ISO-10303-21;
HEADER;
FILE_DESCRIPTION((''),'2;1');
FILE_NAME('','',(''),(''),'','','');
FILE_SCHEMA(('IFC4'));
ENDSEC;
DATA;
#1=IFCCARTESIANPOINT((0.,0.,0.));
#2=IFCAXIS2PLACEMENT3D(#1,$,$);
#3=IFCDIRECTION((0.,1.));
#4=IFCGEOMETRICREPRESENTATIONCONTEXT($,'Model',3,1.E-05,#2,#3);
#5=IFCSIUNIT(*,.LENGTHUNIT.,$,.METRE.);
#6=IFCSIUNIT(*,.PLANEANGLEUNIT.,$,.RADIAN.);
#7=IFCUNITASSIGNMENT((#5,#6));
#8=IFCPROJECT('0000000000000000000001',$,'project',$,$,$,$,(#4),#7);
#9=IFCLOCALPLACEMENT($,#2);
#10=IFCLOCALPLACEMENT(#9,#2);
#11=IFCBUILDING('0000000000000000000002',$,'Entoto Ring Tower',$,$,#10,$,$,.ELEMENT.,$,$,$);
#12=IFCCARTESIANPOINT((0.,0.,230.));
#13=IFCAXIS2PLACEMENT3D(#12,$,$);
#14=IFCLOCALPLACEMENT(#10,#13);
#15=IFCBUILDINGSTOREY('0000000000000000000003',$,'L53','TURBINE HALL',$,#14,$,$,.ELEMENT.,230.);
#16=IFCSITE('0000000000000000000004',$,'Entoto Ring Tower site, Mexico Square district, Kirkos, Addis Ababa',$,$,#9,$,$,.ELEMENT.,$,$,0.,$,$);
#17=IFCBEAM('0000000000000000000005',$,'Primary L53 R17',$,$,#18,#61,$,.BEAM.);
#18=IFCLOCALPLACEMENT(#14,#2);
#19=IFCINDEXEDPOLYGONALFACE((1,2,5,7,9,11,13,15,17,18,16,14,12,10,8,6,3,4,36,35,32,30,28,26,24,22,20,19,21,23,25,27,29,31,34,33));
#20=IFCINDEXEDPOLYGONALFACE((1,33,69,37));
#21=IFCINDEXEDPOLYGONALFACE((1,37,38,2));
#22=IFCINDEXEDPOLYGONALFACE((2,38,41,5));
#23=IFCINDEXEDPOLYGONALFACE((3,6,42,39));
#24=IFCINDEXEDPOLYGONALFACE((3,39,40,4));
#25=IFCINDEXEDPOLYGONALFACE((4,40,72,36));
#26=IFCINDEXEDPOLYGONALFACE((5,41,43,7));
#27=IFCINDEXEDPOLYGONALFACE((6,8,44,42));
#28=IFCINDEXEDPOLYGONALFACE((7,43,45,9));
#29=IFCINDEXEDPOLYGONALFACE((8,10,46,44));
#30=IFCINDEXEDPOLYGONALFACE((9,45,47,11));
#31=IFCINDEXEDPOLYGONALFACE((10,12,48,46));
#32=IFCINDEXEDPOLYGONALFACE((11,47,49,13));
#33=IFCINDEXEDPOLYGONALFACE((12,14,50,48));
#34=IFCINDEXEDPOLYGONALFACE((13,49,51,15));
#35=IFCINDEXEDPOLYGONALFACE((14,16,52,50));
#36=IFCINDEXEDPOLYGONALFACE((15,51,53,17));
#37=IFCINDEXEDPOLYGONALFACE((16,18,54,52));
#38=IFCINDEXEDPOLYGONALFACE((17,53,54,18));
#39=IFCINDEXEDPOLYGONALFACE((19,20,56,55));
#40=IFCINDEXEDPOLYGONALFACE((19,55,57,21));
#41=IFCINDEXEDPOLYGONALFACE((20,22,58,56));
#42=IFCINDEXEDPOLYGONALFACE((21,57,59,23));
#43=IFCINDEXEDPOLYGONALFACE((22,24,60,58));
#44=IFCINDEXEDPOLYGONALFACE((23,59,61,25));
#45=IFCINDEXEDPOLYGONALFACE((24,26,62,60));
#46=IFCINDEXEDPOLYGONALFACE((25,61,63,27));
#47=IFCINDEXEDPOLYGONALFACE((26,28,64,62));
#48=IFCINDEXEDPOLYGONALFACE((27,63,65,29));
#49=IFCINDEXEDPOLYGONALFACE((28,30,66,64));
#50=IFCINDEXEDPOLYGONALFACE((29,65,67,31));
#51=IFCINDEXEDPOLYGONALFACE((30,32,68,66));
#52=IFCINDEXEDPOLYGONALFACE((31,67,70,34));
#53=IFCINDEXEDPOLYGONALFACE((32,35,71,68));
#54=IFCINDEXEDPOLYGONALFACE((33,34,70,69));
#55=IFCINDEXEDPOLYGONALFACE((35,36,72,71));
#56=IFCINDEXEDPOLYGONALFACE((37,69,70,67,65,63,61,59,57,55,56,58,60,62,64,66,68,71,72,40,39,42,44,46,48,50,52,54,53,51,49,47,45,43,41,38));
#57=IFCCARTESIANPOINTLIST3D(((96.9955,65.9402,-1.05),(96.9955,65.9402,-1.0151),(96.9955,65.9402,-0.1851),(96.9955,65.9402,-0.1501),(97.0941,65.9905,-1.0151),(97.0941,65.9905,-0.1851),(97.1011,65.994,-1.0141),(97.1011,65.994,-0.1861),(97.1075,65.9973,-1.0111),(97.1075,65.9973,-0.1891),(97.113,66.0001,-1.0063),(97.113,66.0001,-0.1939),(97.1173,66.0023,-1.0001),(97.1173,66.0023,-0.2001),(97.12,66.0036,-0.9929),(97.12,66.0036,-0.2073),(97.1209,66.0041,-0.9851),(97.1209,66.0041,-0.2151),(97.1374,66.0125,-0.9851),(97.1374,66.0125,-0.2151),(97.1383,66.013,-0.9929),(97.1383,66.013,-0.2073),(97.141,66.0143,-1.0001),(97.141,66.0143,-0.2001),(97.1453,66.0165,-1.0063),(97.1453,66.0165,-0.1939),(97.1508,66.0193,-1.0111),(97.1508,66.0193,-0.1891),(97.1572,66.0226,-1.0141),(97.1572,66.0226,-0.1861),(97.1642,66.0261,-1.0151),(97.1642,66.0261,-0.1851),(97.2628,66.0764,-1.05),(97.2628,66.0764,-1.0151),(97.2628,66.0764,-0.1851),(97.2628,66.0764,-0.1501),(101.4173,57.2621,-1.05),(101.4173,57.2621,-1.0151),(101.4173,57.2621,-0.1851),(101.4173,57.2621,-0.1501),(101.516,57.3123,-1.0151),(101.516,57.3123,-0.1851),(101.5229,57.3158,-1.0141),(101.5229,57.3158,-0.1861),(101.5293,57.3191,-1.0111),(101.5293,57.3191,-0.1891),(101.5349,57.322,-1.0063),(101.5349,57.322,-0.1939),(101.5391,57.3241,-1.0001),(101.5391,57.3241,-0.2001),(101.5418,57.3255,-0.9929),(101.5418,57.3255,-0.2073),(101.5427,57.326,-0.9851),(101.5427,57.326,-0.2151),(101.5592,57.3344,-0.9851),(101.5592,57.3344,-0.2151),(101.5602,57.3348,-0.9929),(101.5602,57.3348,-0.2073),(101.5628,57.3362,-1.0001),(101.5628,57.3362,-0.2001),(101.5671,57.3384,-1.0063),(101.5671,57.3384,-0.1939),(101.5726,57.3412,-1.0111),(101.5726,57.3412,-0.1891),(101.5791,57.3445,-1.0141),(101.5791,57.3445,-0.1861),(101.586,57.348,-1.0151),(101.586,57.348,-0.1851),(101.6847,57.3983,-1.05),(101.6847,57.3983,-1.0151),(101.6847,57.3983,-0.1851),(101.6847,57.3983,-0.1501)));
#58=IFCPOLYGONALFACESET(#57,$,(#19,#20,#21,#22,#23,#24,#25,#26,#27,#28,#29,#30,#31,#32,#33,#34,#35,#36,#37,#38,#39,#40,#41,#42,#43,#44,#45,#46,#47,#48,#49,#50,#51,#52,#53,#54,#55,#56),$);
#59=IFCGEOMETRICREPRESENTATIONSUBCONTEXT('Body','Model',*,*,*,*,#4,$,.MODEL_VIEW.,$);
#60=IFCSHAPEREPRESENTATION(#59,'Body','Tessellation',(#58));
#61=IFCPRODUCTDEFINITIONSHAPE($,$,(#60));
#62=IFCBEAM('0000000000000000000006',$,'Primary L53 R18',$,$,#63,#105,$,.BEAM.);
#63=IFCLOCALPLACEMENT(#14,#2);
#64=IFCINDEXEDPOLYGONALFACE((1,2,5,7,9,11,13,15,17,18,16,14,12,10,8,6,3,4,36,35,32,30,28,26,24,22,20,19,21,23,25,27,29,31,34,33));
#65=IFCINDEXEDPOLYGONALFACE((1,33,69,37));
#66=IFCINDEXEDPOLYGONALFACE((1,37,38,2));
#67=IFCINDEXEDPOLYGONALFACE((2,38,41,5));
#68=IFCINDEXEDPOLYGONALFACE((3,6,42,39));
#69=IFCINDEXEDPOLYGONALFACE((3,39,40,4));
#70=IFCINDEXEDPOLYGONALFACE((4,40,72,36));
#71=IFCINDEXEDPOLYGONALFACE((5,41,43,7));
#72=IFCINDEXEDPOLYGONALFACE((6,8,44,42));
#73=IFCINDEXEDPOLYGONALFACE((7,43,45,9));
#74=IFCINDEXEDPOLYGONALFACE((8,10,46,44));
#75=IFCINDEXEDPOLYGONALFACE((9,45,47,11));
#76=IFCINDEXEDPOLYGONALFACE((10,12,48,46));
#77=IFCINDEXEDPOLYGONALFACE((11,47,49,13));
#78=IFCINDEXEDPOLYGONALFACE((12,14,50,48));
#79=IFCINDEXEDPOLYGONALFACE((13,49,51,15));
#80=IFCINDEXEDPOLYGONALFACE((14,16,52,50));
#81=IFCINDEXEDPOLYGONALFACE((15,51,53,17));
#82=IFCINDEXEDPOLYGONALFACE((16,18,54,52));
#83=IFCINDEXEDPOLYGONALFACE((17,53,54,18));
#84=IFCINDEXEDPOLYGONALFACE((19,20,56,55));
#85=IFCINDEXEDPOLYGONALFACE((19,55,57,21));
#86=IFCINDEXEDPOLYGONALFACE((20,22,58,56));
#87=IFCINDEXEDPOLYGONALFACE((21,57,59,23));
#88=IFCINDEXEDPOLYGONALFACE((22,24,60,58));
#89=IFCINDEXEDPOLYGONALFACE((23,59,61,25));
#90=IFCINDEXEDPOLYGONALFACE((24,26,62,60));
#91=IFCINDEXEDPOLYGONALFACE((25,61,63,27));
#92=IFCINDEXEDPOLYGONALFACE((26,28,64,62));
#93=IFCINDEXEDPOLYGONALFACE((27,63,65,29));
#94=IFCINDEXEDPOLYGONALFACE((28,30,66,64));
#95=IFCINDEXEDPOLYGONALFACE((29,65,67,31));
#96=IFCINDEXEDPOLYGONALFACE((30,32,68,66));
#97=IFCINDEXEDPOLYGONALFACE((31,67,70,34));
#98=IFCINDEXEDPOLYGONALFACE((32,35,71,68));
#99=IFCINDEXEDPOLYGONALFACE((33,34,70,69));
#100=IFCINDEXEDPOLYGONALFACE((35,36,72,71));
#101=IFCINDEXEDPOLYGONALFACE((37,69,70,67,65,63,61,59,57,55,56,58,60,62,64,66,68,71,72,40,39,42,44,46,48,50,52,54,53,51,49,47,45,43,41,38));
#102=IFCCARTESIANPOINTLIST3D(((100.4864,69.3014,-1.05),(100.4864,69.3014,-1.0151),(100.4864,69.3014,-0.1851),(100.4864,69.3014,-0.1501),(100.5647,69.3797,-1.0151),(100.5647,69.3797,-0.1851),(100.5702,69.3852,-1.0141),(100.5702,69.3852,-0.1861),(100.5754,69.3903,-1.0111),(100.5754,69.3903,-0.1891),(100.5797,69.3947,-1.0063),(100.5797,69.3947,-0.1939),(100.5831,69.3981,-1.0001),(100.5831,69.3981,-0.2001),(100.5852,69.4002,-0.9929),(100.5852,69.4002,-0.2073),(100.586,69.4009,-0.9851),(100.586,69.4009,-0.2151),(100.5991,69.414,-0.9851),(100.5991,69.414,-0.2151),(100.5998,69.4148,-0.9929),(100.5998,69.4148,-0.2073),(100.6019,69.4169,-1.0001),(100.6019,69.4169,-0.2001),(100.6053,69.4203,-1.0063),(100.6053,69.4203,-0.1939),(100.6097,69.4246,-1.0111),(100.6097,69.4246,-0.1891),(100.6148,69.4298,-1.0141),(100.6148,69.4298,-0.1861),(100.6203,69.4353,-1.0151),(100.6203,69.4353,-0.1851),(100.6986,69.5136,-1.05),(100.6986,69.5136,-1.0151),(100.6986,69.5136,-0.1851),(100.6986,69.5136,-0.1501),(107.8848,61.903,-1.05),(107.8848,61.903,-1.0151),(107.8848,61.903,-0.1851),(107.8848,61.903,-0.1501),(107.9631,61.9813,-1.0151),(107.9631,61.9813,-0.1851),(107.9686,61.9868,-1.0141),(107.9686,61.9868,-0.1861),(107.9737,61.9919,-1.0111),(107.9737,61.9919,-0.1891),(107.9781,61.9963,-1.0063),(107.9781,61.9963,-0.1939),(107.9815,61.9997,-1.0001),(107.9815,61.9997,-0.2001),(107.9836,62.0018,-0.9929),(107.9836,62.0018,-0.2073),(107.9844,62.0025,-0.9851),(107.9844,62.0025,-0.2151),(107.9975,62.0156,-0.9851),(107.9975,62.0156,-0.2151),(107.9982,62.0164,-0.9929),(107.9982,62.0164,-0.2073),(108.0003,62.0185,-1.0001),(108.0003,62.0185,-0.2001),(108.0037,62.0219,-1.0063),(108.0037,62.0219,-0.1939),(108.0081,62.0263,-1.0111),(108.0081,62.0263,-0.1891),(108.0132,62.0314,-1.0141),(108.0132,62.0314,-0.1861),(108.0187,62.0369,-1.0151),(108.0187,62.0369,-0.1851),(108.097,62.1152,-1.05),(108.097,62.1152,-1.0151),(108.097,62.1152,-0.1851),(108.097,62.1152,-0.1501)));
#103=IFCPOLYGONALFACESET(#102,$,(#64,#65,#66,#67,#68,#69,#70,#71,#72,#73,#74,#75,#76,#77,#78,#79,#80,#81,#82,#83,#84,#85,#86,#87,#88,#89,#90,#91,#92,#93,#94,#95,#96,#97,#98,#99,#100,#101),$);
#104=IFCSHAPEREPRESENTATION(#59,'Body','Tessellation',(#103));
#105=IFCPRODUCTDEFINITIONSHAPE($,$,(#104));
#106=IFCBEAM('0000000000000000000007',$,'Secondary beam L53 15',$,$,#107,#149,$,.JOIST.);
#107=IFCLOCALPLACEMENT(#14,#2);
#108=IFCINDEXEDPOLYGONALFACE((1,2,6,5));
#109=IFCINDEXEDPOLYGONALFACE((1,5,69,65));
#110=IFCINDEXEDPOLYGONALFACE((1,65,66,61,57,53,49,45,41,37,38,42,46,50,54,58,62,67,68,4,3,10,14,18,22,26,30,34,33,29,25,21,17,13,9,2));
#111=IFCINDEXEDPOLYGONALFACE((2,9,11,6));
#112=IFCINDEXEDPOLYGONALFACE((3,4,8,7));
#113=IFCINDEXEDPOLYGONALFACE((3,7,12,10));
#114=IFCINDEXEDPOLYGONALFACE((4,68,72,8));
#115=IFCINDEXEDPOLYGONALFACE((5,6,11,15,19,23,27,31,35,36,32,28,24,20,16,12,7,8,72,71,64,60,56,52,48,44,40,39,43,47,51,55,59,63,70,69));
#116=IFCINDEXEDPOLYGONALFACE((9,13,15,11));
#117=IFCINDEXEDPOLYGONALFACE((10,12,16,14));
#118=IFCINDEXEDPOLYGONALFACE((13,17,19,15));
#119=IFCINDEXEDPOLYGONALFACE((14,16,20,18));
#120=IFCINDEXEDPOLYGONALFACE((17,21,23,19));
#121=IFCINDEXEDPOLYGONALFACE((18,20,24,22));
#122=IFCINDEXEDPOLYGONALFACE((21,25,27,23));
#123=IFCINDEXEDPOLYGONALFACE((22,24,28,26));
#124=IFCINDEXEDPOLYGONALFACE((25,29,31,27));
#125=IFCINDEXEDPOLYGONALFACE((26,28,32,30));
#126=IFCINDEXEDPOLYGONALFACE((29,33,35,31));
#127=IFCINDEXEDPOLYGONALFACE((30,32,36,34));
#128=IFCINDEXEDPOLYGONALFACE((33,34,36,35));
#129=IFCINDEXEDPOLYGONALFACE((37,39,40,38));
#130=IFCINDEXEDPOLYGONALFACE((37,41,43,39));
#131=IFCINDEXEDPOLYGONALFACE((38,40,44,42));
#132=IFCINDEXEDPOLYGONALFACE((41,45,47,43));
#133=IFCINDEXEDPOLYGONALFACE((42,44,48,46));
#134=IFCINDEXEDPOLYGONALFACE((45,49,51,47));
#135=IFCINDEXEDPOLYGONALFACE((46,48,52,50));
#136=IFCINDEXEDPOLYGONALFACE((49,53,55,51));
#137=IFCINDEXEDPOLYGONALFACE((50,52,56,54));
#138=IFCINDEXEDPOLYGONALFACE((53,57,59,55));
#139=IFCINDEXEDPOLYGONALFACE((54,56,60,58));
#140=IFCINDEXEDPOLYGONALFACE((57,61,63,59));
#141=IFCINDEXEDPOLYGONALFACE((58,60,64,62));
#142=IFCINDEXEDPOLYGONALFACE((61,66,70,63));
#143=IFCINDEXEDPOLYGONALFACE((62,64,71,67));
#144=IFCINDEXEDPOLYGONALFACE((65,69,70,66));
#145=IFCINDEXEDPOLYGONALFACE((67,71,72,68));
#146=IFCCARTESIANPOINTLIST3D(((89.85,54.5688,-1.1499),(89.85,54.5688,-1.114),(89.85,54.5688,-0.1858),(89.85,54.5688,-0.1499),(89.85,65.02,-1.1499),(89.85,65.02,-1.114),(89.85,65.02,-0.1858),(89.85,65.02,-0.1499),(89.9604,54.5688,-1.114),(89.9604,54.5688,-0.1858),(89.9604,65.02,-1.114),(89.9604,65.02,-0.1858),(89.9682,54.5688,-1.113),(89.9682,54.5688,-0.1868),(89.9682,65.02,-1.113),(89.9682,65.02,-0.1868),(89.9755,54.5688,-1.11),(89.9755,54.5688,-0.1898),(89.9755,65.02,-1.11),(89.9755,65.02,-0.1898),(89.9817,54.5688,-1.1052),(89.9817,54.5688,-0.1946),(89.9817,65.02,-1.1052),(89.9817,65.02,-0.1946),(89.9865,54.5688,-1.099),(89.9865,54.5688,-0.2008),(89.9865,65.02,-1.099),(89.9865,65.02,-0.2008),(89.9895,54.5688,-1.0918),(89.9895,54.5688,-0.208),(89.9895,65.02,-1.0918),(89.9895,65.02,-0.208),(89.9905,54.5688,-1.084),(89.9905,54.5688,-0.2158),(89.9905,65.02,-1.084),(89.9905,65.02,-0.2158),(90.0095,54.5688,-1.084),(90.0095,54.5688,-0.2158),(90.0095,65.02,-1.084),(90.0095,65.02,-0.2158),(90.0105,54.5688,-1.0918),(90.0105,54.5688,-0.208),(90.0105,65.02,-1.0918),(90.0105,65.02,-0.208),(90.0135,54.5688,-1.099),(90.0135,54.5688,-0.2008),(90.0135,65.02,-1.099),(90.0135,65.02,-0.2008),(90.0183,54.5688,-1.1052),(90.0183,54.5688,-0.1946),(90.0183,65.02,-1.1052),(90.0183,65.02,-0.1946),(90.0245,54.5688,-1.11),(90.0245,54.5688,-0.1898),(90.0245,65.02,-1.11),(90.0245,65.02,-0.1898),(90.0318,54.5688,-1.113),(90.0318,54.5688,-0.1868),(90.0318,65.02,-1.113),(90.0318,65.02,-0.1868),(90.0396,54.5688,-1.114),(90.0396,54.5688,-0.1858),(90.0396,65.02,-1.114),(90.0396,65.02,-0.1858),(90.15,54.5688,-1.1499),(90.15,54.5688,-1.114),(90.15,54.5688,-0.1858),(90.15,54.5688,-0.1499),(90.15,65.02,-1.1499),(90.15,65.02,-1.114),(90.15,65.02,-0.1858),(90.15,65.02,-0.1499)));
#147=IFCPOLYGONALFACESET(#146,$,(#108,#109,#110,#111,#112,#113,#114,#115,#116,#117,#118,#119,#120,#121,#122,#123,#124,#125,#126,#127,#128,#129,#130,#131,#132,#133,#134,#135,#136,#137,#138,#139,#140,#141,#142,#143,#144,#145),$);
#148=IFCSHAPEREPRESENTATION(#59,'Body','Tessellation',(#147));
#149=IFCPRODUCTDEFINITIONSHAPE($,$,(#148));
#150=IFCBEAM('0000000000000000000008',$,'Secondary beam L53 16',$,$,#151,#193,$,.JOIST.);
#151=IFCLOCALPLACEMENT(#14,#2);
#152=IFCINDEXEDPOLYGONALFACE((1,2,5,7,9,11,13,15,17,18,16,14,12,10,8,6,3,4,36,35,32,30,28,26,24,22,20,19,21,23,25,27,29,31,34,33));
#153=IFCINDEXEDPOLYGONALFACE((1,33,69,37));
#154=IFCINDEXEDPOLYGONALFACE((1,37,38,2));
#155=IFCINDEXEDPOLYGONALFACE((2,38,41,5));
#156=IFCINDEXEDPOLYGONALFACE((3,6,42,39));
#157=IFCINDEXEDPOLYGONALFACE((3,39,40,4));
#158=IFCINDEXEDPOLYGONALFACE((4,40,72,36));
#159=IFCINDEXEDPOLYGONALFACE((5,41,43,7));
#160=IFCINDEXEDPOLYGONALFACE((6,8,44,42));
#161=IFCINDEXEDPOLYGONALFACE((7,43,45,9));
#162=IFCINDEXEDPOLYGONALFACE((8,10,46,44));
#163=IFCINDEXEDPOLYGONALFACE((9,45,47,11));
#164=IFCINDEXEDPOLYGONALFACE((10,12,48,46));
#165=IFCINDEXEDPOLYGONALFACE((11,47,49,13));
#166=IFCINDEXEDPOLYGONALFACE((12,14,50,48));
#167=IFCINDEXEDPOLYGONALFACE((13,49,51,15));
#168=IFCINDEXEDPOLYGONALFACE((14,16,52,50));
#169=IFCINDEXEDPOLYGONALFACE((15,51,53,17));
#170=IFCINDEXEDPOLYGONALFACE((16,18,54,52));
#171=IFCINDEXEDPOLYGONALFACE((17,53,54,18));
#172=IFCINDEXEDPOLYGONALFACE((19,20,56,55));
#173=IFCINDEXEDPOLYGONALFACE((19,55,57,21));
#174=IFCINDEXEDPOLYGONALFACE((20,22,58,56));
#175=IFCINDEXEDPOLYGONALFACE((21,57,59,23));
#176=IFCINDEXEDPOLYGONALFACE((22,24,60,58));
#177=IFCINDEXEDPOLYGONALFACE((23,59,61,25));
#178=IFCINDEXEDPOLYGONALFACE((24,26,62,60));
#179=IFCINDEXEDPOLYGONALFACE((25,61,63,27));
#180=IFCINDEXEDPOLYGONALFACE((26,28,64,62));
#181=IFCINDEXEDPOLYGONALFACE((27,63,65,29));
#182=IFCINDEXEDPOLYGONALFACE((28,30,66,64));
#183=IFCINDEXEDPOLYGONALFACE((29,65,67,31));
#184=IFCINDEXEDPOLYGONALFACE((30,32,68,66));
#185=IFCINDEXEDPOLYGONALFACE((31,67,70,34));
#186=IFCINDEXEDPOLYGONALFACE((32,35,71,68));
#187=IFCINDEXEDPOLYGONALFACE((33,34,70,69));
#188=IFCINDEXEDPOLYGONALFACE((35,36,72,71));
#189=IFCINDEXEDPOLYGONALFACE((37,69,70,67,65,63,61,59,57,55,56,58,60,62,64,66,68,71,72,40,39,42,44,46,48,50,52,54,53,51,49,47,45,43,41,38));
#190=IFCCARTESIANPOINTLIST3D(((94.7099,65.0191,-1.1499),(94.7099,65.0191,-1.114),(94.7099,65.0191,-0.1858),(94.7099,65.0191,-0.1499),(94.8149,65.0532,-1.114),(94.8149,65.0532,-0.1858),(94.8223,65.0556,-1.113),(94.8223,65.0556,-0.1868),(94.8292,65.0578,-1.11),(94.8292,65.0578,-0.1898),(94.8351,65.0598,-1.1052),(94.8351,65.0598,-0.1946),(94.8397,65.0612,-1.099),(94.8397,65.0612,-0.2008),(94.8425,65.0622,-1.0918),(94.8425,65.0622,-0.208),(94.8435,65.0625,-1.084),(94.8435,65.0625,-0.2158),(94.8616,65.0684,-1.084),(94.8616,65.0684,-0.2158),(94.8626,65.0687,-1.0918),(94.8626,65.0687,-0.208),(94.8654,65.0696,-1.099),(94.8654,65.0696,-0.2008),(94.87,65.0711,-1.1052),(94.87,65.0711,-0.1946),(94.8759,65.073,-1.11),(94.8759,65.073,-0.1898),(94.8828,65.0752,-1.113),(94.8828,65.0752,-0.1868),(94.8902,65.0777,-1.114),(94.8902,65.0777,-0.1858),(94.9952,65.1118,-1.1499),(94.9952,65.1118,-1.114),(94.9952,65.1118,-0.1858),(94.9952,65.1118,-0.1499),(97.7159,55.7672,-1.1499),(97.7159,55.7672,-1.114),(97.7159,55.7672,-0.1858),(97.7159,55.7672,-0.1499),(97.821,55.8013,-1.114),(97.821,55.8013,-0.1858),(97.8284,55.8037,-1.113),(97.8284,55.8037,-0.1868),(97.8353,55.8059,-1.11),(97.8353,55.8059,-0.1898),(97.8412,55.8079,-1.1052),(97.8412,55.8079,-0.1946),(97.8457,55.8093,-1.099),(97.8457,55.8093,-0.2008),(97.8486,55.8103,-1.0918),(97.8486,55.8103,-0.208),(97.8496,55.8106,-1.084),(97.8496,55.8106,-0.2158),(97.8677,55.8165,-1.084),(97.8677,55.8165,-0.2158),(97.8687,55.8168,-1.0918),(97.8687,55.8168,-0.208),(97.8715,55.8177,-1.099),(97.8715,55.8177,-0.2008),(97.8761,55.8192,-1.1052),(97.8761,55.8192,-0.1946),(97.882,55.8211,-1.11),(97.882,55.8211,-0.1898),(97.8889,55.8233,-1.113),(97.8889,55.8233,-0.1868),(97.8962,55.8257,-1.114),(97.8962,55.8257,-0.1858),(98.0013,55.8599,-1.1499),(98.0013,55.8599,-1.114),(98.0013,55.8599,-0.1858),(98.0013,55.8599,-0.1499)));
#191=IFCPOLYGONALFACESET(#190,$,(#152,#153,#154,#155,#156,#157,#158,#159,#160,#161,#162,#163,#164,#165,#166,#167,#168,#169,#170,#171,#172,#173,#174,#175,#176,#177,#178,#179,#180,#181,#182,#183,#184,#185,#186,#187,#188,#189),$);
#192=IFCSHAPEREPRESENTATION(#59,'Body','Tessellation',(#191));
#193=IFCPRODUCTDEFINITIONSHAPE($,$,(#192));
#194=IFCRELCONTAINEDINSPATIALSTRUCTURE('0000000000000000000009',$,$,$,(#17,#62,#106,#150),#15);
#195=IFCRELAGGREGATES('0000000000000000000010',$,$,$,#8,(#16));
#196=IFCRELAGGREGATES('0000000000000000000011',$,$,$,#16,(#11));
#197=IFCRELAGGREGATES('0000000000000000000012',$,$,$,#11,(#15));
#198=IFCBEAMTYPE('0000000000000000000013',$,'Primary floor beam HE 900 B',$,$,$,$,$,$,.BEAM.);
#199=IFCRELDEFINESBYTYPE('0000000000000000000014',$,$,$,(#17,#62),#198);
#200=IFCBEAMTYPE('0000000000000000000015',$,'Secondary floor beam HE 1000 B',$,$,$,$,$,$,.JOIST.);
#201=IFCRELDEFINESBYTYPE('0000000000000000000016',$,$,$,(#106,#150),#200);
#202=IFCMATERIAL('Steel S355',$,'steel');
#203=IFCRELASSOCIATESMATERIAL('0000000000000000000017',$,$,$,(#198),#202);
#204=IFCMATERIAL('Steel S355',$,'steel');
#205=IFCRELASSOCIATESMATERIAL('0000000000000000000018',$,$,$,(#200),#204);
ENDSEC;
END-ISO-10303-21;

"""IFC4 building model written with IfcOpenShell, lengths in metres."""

from ifc_helpers import new_model, si_unit, direction, frame, origin, origin_2d, place, context, subcontext, project, spatial, i_section, extrude, material, material_profile, profile_set, type_object, element, save


model = new_model("IFC4")

# Units and contexts
model_context = context("Model", 3, precision=1e-05, world=origin(), true_north=direction((0.0, 1.0)))
body_context = subcontext(model_context, "Body", "Model", "MODEL_VIEW")
ifc_project = project(units=[si_unit("LENGTHUNIT", "METRE"), si_unit("PLANEANGLEUNIT", "RADIAN")], contexts=[model_context])

# Site, building, storey
site_placement = place(None, origin())
site = spatial("IfcSite", under=ifc_project, at=site_placement, Name="Entoto Ring Tower site, Mexico Square district, Kirkos, Addis Ababa", CompositionType="ELEMENT", RefElevation=0.0)
building_placement = place(site_placement, origin())
building = spatial("IfcBuilding", under=site, at=building_placement, Name="Entoto Ring Tower", CompositionType="ELEMENT")
storey_placement = place(building_placement, frame((0.0, 0.0, 230.0)))
storey = spatial("IfcBuildingStorey", under=building, at=storey_placement, Name="L53", Description="TURBINE HALL", CompositionType="ELEMENT", Elevation=230.0)

# Beams
ifc_material_1 = material(Name="Steel S355", Category="steel")
ifc_material_profile_1 = material_profile(ifc_material_1, i_section(OverallWidth=0.3, OverallDepth=0.8999, WebThickness=0.0186, FlangeThickness=0.0349, FilletRadius=0.03, at=origin_2d()), Name="HE 900 B")
ifc_profile_set_1 = profile_set([ifc_material_profile_1], Name="Steel S355")
beam_type_1 = type_object("IfcBeamType", Name="Primary floor beam HE 900 B", PredefinedType="BEAM", material=ifc_profile_set_1)
beam_1_placement = place(storey_placement, frame((97.1292, 66.0083, -0.6001), z_axis=(0.453999, -0.891002, 0.0), x_axis=(0.891002, 0.453999, 0.0)))
element("IfcBeam", 1, at=beam_1_placement, inside=storey, type_object=beam_type_1, Name="Primary L53 R17", PredefinedType="BEAM", context=body_context, shape_type="SweptSolid", body=[
    extrude(i_section(OverallWidth=0.3, OverallDepth=0.8999, WebThickness=0.0186, FlangeThickness=0.0349, FilletRadius=0.03, at=origin_2d()), origin(), (0.0, 0.0, 1.0), 9.7397),
])
beam_2_placement = place(storey_placement, frame((100.5925, 69.4075, -0.6001), z_axis=(0.707107, -0.707107, 0.0), x_axis=(0.707107, 0.707107, 0.0)))
element("IfcBeam", 2, at=beam_2_placement, inside=storey, type_object=beam_type_1, Name="Primary L53 R18", PredefinedType="BEAM", context=body_context, shape_type="SweptSolid", body=[
    extrude(i_section(OverallWidth=0.3, OverallDepth=0.8999, WebThickness=0.0186, FlangeThickness=0.0349, FilletRadius=0.03, at=origin_2d()), origin(), (0.0, 0.0, 1.0), 10.4629),
])
ifc_material_2 = material(Name="Steel S355", Category="steel")
ifc_material_profile_2 = material_profile(ifc_material_2, i_section(OverallWidth=0.3, OverallDepth=1.0, WebThickness=0.019, FlangeThickness=0.0359, FilletRadius=0.03, at=origin_2d()), Name="HE 1000 B")
ifc_profile_set_2 = profile_set([ifc_material_profile_2], Name="Steel S355")
beam_type_2 = type_object("IfcBeamType", Name="Secondary floor beam HE 1000 B", PredefinedType="JOIST", material=ifc_profile_set_2)
beam_3_placement = place(storey_placement, frame((90.0, 65.02, -0.6499), z_axis=(0.0, -1.0, 0.0), x_axis=(1.0, 0.0, 0.0)))
element("IfcBeam", 3, at=beam_3_placement, inside=storey, type_object=beam_type_2, Name="Secondary beam L53 15", PredefinedType="JOIST", context=body_context, shape_type="SweptSolid", body=[
    extrude(i_section(OverallWidth=0.3, OverallDepth=1.0, WebThickness=0.019, FlangeThickness=0.0359, FilletRadius=0.03, at=origin_2d()), origin(), (0.0, 0.0, 1.0), 10.4512),
])
beam_4_placement = place(storey_placement, frame((94.8525, 65.0654, -0.6499), z_axis=(0.309013, -0.951058, 0.0), x_axis=(0.951058, 0.309013, 0.0)))
element("IfcBeam", 4, at=beam_4_placement, inside=storey, type_object=beam_type_2, Name="Secondary beam L53 16", PredefinedType="JOIST", context=body_context, shape_type="SweptSolid", body=[
    extrude(i_section(OverallWidth=0.3, OverallDepth=1.0, WebThickness=0.019, FlangeThickness=0.0359, FilletRadius=0.03, at=origin_2d()), origin(), (0.0, 0.0, 1.0), 9.728),
])

save(model, "model.ifc")
